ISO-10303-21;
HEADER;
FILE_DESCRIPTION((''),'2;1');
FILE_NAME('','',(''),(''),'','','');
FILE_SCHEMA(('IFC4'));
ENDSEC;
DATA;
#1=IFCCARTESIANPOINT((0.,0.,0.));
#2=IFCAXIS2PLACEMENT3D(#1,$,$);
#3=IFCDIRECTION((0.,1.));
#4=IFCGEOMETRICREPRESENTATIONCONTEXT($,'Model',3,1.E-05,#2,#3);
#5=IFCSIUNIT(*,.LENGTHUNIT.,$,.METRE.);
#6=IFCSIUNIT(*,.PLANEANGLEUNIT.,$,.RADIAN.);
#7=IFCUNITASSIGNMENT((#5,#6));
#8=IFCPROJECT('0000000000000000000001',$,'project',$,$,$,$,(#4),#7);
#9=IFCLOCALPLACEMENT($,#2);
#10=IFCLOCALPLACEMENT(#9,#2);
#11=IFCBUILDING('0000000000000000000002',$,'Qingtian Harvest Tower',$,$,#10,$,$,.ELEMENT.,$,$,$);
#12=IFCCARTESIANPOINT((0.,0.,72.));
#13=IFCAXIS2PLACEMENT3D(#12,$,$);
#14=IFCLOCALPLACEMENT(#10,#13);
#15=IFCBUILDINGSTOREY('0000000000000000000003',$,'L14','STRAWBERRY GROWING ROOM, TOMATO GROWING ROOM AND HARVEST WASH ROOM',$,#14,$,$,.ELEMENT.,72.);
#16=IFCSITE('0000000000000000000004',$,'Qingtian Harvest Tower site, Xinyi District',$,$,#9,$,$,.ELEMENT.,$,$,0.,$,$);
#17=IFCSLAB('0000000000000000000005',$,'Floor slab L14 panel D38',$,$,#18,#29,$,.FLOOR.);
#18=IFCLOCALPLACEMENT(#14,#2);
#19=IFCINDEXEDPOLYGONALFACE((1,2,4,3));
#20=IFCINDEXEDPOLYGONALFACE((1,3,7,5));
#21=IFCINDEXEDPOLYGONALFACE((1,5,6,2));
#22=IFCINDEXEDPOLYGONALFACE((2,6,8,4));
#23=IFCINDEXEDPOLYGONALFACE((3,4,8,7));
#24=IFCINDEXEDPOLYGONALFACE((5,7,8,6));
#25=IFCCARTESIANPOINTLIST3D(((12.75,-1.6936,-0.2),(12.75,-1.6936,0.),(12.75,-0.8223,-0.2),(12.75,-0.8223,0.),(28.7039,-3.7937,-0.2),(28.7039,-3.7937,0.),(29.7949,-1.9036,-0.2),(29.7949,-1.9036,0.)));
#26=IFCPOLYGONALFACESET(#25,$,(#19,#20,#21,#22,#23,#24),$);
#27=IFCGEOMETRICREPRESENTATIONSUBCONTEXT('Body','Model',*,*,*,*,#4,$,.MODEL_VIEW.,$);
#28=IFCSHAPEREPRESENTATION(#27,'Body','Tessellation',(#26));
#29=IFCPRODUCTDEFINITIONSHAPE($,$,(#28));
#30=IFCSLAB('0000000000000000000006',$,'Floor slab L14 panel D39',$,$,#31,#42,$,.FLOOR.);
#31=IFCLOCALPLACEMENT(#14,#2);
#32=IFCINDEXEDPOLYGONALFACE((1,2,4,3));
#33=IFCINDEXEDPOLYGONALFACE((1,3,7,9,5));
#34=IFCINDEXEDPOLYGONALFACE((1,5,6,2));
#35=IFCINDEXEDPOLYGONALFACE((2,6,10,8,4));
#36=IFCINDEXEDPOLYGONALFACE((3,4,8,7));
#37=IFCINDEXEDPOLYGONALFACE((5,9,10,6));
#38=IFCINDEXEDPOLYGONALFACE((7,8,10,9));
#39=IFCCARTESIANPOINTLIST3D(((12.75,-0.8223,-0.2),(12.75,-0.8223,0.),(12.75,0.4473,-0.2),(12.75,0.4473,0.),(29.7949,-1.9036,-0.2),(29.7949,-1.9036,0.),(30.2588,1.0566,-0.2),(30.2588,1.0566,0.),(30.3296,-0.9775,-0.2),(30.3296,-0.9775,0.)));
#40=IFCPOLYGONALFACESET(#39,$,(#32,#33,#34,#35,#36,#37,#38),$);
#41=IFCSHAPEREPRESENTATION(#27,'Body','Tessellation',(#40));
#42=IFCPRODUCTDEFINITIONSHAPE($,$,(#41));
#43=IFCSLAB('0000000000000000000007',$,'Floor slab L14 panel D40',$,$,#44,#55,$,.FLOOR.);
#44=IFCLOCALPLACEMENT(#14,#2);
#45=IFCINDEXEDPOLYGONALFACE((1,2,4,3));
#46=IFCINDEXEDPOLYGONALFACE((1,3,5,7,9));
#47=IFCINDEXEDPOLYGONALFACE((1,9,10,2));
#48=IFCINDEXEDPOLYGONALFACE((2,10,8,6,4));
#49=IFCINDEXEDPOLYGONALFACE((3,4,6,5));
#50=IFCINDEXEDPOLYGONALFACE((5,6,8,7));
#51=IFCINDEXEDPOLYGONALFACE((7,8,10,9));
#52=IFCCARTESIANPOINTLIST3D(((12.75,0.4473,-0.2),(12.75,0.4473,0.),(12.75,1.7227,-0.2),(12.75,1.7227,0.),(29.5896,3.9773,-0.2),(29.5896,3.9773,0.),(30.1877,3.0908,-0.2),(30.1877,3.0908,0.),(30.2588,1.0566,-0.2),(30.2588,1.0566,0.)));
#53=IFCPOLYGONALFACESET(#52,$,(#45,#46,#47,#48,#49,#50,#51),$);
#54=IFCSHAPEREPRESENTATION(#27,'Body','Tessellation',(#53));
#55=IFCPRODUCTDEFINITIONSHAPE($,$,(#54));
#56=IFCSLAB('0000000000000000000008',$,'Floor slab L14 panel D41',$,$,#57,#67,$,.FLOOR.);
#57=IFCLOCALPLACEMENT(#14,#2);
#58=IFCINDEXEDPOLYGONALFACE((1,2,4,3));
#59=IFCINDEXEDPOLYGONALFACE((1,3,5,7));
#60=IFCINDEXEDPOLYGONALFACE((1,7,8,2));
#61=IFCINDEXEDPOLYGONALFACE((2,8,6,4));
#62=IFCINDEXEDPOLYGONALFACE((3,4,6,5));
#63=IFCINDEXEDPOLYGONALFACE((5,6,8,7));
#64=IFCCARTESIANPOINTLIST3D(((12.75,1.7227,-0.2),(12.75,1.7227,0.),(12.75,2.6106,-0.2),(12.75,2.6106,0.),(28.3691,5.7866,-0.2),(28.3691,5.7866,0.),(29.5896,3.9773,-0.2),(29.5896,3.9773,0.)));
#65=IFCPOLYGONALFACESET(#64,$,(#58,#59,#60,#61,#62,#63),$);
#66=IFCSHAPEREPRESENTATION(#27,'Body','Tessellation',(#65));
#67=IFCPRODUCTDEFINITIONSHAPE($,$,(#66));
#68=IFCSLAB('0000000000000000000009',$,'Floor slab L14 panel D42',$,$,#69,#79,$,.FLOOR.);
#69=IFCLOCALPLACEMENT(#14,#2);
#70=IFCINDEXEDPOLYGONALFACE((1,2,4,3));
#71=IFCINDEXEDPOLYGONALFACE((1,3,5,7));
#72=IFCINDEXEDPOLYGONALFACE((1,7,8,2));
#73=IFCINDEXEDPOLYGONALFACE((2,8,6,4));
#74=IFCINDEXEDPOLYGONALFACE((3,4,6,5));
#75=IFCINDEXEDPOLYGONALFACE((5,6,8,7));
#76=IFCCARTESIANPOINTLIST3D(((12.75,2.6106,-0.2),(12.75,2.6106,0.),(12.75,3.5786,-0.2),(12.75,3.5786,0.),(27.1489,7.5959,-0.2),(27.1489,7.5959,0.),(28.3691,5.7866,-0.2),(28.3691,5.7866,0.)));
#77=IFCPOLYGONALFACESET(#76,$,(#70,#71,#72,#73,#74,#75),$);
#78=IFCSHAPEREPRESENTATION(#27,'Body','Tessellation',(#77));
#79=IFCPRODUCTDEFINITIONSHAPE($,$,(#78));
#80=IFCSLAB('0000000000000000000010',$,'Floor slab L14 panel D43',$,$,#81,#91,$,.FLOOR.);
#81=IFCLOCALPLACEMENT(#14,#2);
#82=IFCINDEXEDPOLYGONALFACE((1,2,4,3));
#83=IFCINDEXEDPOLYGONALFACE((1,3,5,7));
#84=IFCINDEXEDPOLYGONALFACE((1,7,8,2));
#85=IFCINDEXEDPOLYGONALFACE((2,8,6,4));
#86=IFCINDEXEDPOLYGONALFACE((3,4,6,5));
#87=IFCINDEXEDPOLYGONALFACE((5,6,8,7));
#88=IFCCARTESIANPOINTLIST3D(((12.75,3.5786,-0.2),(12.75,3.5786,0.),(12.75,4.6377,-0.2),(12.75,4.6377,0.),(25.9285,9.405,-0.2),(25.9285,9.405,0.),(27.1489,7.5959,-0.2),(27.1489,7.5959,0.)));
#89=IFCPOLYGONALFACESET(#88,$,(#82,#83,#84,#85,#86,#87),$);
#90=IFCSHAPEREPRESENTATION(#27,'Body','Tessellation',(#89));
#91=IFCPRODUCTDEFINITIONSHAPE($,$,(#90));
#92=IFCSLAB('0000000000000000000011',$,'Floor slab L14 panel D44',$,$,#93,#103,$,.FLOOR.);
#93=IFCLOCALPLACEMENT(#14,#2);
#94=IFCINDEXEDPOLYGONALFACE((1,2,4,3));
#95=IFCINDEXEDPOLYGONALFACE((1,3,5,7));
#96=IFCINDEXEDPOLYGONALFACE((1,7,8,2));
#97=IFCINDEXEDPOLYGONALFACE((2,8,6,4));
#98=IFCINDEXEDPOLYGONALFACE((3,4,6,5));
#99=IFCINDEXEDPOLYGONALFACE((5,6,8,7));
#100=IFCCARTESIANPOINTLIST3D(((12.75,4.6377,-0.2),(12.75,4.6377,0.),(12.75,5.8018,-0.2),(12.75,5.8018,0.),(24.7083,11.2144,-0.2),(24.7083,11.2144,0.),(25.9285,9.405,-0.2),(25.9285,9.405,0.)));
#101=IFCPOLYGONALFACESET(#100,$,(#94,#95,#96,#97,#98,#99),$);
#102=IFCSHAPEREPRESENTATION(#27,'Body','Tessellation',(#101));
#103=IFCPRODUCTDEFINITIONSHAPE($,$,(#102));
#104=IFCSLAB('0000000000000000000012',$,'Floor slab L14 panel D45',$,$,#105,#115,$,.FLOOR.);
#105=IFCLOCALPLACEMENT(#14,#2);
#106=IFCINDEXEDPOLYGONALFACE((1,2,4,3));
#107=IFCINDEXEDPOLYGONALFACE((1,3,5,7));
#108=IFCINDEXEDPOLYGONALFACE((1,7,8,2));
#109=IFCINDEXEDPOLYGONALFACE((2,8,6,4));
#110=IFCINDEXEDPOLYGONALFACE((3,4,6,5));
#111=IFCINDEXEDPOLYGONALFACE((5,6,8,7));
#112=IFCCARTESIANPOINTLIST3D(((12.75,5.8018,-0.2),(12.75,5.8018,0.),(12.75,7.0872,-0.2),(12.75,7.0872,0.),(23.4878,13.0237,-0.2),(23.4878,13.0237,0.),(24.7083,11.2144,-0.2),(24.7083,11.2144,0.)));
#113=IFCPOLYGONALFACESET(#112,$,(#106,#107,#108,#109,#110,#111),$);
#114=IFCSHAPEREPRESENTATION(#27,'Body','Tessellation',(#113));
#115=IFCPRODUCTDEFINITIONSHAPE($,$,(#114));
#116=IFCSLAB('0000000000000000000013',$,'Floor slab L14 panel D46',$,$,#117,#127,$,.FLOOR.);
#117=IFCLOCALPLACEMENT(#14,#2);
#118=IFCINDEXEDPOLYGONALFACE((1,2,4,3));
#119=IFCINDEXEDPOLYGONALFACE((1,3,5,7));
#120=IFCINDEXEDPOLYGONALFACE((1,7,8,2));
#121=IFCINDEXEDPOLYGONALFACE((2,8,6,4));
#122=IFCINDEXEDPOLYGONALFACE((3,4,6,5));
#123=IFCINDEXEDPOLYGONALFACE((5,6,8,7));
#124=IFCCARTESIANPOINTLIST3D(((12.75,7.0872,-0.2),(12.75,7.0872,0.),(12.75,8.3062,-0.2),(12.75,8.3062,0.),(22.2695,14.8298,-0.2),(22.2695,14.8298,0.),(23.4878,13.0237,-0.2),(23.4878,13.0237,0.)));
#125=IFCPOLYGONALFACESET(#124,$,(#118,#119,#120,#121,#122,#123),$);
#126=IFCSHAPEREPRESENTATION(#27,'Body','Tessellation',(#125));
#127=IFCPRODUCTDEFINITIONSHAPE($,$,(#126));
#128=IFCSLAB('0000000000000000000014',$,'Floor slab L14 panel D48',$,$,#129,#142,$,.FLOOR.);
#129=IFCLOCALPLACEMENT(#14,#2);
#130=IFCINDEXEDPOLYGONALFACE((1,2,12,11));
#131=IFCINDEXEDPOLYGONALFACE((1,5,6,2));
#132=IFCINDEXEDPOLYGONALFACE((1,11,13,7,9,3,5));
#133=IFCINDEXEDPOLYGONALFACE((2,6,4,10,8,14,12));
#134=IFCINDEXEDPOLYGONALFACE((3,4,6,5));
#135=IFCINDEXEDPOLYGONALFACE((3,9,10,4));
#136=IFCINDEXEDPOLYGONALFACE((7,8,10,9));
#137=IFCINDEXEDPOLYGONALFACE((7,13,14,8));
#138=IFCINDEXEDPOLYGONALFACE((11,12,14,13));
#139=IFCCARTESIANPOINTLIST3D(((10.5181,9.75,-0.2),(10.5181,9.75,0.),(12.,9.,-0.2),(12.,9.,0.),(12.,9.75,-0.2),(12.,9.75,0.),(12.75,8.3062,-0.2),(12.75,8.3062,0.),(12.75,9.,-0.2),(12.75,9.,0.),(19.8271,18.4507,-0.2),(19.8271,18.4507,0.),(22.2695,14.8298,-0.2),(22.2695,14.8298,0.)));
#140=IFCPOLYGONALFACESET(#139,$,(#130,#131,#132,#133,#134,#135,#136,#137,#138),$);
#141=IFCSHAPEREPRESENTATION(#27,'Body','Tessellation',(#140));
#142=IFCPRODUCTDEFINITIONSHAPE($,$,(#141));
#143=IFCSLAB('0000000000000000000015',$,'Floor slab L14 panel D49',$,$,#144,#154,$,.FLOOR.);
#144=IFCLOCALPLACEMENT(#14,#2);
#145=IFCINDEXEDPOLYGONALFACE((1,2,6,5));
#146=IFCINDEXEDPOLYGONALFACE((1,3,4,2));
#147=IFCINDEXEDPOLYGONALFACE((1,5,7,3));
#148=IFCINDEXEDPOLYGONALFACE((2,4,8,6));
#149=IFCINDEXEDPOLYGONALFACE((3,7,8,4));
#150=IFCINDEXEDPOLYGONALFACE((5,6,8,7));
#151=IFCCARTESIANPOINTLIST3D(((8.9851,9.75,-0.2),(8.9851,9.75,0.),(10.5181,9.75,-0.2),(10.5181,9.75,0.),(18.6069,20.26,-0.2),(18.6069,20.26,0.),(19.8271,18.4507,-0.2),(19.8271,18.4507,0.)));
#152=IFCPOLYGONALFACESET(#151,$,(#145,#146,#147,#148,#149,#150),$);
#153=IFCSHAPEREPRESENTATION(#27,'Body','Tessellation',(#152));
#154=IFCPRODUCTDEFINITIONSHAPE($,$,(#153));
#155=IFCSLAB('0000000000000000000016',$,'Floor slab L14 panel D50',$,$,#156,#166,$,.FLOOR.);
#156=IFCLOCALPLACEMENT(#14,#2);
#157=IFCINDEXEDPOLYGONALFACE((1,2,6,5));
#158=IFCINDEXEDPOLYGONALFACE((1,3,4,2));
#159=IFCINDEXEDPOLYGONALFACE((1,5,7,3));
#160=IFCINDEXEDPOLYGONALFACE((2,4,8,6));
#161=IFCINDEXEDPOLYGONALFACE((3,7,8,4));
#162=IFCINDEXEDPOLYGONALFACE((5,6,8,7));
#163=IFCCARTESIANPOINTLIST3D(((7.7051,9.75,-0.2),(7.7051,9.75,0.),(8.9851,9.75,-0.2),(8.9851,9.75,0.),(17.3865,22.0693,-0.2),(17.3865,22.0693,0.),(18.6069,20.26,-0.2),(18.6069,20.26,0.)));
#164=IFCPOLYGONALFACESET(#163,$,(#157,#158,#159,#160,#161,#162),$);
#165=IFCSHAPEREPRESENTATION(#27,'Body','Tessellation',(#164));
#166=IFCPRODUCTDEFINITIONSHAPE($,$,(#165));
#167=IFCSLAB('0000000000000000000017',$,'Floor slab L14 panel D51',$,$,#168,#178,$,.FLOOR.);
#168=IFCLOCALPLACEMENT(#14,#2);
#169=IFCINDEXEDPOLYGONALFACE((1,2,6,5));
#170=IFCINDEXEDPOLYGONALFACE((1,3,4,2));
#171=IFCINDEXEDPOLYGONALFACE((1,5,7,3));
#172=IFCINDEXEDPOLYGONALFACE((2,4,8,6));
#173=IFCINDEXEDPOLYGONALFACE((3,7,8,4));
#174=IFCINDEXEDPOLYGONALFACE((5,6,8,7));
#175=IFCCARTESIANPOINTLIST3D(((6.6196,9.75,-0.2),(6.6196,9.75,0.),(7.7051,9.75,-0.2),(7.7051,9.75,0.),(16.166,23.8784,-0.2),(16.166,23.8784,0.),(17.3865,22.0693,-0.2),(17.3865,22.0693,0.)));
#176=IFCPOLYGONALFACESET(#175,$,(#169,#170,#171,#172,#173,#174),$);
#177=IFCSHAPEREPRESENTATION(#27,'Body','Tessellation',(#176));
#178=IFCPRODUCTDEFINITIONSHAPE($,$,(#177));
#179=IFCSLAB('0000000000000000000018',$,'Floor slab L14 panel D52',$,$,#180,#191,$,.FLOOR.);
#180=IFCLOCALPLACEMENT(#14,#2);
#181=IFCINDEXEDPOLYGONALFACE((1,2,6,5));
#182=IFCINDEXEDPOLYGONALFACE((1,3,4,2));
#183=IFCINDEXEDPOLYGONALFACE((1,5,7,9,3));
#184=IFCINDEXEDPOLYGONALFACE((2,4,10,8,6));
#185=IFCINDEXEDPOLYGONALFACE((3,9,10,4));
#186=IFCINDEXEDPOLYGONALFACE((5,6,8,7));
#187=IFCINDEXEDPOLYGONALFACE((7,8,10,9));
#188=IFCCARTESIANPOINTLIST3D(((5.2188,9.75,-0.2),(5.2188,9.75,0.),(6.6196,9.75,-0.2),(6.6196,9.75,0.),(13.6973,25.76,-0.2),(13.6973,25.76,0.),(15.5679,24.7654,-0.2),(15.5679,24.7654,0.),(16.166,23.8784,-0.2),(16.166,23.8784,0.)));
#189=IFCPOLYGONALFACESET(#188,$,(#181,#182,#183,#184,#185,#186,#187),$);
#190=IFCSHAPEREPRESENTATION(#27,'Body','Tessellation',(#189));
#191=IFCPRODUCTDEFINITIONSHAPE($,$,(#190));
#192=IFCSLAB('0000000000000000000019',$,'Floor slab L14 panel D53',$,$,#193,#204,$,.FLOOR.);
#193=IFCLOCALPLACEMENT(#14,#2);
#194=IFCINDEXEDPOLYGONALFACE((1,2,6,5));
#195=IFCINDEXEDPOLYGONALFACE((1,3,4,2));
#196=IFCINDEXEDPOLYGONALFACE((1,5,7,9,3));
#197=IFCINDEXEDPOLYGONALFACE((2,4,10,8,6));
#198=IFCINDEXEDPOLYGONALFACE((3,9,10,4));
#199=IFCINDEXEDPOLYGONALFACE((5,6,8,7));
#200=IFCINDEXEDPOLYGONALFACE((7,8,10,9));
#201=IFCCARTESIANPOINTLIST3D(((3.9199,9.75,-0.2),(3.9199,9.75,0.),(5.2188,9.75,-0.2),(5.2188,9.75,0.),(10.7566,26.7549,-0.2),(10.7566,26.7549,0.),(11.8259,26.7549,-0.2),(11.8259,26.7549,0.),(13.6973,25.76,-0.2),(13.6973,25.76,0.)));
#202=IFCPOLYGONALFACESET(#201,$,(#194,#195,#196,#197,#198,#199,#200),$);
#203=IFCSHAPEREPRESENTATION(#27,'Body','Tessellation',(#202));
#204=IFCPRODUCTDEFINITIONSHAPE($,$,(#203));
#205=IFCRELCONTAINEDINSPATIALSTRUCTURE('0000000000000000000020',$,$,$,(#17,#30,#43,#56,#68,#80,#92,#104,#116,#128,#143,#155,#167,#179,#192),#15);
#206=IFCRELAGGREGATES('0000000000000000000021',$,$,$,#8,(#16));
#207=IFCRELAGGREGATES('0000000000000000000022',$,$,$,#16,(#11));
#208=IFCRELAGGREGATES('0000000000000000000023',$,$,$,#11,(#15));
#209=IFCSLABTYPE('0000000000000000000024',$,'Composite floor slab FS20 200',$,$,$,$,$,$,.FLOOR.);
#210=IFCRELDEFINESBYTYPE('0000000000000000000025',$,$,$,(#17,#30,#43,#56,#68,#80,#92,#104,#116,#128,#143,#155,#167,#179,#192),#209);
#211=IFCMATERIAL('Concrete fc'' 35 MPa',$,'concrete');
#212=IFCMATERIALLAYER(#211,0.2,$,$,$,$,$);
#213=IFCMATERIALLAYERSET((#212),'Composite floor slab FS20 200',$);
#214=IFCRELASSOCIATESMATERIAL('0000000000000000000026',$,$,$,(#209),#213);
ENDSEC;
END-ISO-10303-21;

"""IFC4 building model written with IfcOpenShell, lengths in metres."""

from ifc_helpers import new_model, si_unit, direction, frame, origin, place, context, subcontext, project, spatial, polyline, outline, extrude, material, layer, layer_set, type_object, element, save


model = new_model("IFC4")

# Units and contexts
model_context = context("Model", 3, precision=1e-05, world=origin(), true_north=direction((0.0, 1.0)))
body_context = subcontext(model_context, "Body", "Model", "MODEL_VIEW")
ifc_project = project(units=[si_unit("LENGTHUNIT", "METRE"), si_unit("PLANEANGLEUNIT", "RADIAN")], contexts=[model_context])

# Site, building, storey
site_placement = place(None, origin())
site = spatial("IfcSite", under=ifc_project, at=site_placement, Name="Qingtian Harvest Tower site, Xinyi District", CompositionType="ELEMENT", RefElevation=0.0)
building_placement = place(site_placement, origin())
building = spatial("IfcBuilding", under=site, at=building_placement, Name="Qingtian Harvest Tower", CompositionType="ELEMENT")
storey_placement = place(building_placement, frame((0.0, 0.0, 72.0)))
storey = spatial("IfcBuildingStorey", under=building, at=storey_placement, Name="L14", Description="STRAWBERRY GROWING ROOM, TOMATO GROWING ROOM AND HARVEST WASH ROOM", CompositionType="ELEMENT", Elevation=72.0)

# Slabs
ifc_material_1 = material(Name="Concrete fc' 35 MPa", Category="concrete")
ifc_layer_1 = layer(ifc_material_1, 0.2)
ifc_layer_set_1 = layer_set([ifc_layer_1], Name="Composite floor slab FS20 200")
slab_type = type_object("IfcSlabType", Name="Composite floor slab FS20 200", PredefinedType="FLOOR", material=ifc_layer_set_1)
slab_1_placement = place(storey_placement, frame((0.0, 0.0, -0.2)))
element("IfcSlab", 1, at=slab_1_placement, inside=storey, type_object=slab_type, Name="Floor slab L14 panel D38", PredefinedType="FLOOR", context=body_context, shape_type="SweptSolid", body=[
    extrude(outline(polyline([(12.75, -0.8223), (29.7949, -1.9036), (28.7039, -3.7937), (12.75, -1.6936), (12.75, -0.8223)])), origin(), (0.0, 0.0, 1.0), 0.2),
])
slab_2_placement = place(storey_placement, frame((0.0, 0.0, -0.2)))
element("IfcSlab", 2, at=slab_2_placement, inside=storey, type_object=slab_type, Name="Floor slab L14 panel D39", PredefinedType="FLOOR", context=body_context, shape_type="SweptSolid", body=[
    extrude(outline(polyline([(12.75, -0.8223), (12.75, 0.4473), (30.2588, 1.0566), (30.3296, -0.9775), (29.7949, -1.9036), (12.75, -0.8223)])), origin(), (0.0, 0.0, 1.0), 0.2),
])
slab_3_placement = place(storey_placement, frame((0.0, 0.0, -0.2)))
element("IfcSlab", 3, at=slab_3_placement, inside=storey, type_object=slab_type, Name="Floor slab L14 panel D40", PredefinedType="FLOOR", context=body_context, shape_type="SweptSolid", body=[
    extrude(outline(polyline([(12.75, 0.4473), (12.75, 1.7227), (29.5896, 3.9773), (30.1877, 3.0908), (30.2588, 1.0566), (12.75, 0.4473)])), origin(), (0.0, 0.0, 1.0), 0.2),
])
slab_4_placement = place(storey_placement, frame((0.0, 0.0, -0.2)))
element("IfcSlab", 4, at=slab_4_placement, inside=storey, type_object=slab_type, Name="Floor slab L14 panel D41", PredefinedType="FLOOR", context=body_context, shape_type="SweptSolid", body=[
    extrude(outline(polyline([(12.75, 2.6106), (28.3691, 5.7866), (29.5896, 3.9773), (12.75, 1.7227), (12.75, 2.6106)])), origin(), (0.0, 0.0, 1.0), 0.2),
])
slab_5_placement = place(storey_placement, frame((0.0, 0.0, -0.2)))
element("IfcSlab", 5, at=slab_5_placement, inside=storey, type_object=slab_type, Name="Floor slab L14 panel D42", PredefinedType="FLOOR", context=body_context, shape_type="SweptSolid", body=[
    extrude(outline(polyline([(12.75, 3.5786), (27.1489, 7.5959), (28.3691, 5.7866), (12.75, 2.6106), (12.75, 3.5786)])), origin(), (0.0, 0.0, 1.0), 0.2),
])
slab_6_placement = place(storey_placement, frame((0.0, 0.0, -0.2)))
element("IfcSlab", 6, at=slab_6_placement, inside=storey, type_object=slab_type, Name="Floor slab L14 panel D43", PredefinedType="FLOOR", context=body_context, shape_type="SweptSolid", body=[
    extrude(outline(polyline([(12.75, 4.6377), (25.9285, 9.405), (27.1489, 7.5959), (12.75, 3.5786), (12.75, 4.6377)])), origin(), (0.0, 0.0, 1.0), 0.2),
])
slab_7_placement = place(storey_placement, frame((0.0, 0.0, -0.2)))
element("IfcSlab", 7, at=slab_7_placement, inside=storey, type_object=slab_type, Name="Floor slab L14 panel D44", PredefinedType="FLOOR", context=body_context, shape_type="SweptSolid", body=[
    extrude(outline(polyline([(12.75, 5.8018), (24.7083, 11.2144), (25.9285, 9.405), (12.75, 4.6377), (12.75, 5.8018)])), origin(), (0.0, 0.0, 1.0), 0.2),
])
slab_8_placement = place(storey_placement, frame((0.0, 0.0, -0.2)))
element("IfcSlab", 8, at=slab_8_placement, inside=storey, type_object=slab_type, Name="Floor slab L14 panel D45", PredefinedType="FLOOR", context=body_context, shape_type="SweptSolid", body=[
    extrude(outline(polyline([(12.75, 7.0872), (23.4878, 13.0237), (24.7083, 11.2144), (12.75, 5.8018), (12.75, 7.0872)])), origin(), (0.0, 0.0, 1.0), 0.2),
])
slab_9_placement = place(storey_placement, frame((0.0, 0.0, -0.2)))
element("IfcSlab", 9, at=slab_9_placement, inside=storey, type_object=slab_type, Name="Floor slab L14 panel D46", PredefinedType="FLOOR", context=body_context, shape_type="SweptSolid", body=[
    extrude(outline(polyline([(12.75, 8.3062), (22.2695, 14.8298), (23.4878, 13.0237), (12.75, 7.0872), (12.75, 8.3062)])), origin(), (0.0, 0.0, 1.0), 0.2),
])
slab_10_placement = place(storey_placement, frame((0.0, 0.0, -0.2)))
element("IfcSlab", 10, at=slab_10_placement, inside=storey, type_object=slab_type, Name="Floor slab L14 panel D48", PredefinedType="FLOOR", context=body_context, shape_type="SweptSolid", body=[
    extrude(outline(polyline([(19.8271, 18.4507), (22.2695, 14.8298), (12.75, 8.3062), (12.75, 9.0), (12.0, 9.0), (12.0, 9.75), (10.5181, 9.75), (19.8271, 18.4507)])), origin(), (0.0, 0.0, 1.0), 0.2),
])
slab_11_placement = place(storey_placement, frame((0.0, 0.0, -0.2)))
element("IfcSlab", 11, at=slab_11_placement, inside=storey, type_object=slab_type, Name="Floor slab L14 panel D49", PredefinedType="FLOOR", context=body_context, shape_type="SweptSolid", body=[
    extrude(outline(polyline([(8.9851, 9.75), (18.6069, 20.26), (19.8271, 18.4507), (10.5181, 9.75), (8.9851, 9.75)])), origin(), (0.0, 0.0, 1.0), 0.2),
])
slab_12_placement = place(storey_placement, frame((0.0, 0.0, -0.2)))
element("IfcSlab", 12, at=slab_12_placement, inside=storey, type_object=slab_type, Name="Floor slab L14 panel D50", PredefinedType="FLOOR", context=body_context, shape_type="SweptSolid", body=[
    extrude(outline(polyline([(7.7051, 9.75), (17.3865, 22.0693), (18.6069, 20.26), (8.9851, 9.75), (7.7051, 9.75)])), origin(), (0.0, 0.0, 1.0), 0.2),
])
slab_13_placement = place(storey_placement, frame((0.0, 0.0, -0.2)))
element("IfcSlab", 13, at=slab_13_placement, inside=storey, type_object=slab_type, Name="Floor slab L14 panel D51", PredefinedType="FLOOR", context=body_context, shape_type="SweptSolid", body=[
    extrude(outline(polyline([(6.6196, 9.75), (16.166, 23.8784), (17.3865, 22.0693), (7.7051, 9.75), (6.6196, 9.75)])), origin(), (0.0, 0.0, 1.0), 0.2),
])
slab_14_placement = place(storey_placement, frame((0.0, 0.0, -0.2)))
element("IfcSlab", 14, at=slab_14_placement, inside=storey, type_object=slab_type, Name="Floor slab L14 panel D52", PredefinedType="FLOOR", context=body_context, shape_type="SweptSolid", body=[
    extrude(outline(polyline([(6.6196, 9.75), (5.2188, 9.75), (13.6973, 25.76), (15.5679, 24.7654), (16.166, 23.8784), (6.6196, 9.75)])), origin(), (0.0, 0.0, 1.0), 0.2),
])
slab_15_placement = place(storey_placement, frame((0.0, 0.0, -0.2)))
element("IfcSlab", 15, at=slab_15_placement, inside=storey, type_object=slab_type, Name="Floor slab L14 panel D53", PredefinedType="FLOOR", context=body_context, shape_type="SweptSolid", body=[
    extrude(outline(polyline([(3.9199, 9.75), (10.7566, 26.7549), (11.8259, 26.7549), (13.6973, 25.76), (5.2188, 9.75), (3.9199, 9.75)])), origin(), (0.0, 0.0, 1.0), 0.2),
])

save(model, "model.ifc")
